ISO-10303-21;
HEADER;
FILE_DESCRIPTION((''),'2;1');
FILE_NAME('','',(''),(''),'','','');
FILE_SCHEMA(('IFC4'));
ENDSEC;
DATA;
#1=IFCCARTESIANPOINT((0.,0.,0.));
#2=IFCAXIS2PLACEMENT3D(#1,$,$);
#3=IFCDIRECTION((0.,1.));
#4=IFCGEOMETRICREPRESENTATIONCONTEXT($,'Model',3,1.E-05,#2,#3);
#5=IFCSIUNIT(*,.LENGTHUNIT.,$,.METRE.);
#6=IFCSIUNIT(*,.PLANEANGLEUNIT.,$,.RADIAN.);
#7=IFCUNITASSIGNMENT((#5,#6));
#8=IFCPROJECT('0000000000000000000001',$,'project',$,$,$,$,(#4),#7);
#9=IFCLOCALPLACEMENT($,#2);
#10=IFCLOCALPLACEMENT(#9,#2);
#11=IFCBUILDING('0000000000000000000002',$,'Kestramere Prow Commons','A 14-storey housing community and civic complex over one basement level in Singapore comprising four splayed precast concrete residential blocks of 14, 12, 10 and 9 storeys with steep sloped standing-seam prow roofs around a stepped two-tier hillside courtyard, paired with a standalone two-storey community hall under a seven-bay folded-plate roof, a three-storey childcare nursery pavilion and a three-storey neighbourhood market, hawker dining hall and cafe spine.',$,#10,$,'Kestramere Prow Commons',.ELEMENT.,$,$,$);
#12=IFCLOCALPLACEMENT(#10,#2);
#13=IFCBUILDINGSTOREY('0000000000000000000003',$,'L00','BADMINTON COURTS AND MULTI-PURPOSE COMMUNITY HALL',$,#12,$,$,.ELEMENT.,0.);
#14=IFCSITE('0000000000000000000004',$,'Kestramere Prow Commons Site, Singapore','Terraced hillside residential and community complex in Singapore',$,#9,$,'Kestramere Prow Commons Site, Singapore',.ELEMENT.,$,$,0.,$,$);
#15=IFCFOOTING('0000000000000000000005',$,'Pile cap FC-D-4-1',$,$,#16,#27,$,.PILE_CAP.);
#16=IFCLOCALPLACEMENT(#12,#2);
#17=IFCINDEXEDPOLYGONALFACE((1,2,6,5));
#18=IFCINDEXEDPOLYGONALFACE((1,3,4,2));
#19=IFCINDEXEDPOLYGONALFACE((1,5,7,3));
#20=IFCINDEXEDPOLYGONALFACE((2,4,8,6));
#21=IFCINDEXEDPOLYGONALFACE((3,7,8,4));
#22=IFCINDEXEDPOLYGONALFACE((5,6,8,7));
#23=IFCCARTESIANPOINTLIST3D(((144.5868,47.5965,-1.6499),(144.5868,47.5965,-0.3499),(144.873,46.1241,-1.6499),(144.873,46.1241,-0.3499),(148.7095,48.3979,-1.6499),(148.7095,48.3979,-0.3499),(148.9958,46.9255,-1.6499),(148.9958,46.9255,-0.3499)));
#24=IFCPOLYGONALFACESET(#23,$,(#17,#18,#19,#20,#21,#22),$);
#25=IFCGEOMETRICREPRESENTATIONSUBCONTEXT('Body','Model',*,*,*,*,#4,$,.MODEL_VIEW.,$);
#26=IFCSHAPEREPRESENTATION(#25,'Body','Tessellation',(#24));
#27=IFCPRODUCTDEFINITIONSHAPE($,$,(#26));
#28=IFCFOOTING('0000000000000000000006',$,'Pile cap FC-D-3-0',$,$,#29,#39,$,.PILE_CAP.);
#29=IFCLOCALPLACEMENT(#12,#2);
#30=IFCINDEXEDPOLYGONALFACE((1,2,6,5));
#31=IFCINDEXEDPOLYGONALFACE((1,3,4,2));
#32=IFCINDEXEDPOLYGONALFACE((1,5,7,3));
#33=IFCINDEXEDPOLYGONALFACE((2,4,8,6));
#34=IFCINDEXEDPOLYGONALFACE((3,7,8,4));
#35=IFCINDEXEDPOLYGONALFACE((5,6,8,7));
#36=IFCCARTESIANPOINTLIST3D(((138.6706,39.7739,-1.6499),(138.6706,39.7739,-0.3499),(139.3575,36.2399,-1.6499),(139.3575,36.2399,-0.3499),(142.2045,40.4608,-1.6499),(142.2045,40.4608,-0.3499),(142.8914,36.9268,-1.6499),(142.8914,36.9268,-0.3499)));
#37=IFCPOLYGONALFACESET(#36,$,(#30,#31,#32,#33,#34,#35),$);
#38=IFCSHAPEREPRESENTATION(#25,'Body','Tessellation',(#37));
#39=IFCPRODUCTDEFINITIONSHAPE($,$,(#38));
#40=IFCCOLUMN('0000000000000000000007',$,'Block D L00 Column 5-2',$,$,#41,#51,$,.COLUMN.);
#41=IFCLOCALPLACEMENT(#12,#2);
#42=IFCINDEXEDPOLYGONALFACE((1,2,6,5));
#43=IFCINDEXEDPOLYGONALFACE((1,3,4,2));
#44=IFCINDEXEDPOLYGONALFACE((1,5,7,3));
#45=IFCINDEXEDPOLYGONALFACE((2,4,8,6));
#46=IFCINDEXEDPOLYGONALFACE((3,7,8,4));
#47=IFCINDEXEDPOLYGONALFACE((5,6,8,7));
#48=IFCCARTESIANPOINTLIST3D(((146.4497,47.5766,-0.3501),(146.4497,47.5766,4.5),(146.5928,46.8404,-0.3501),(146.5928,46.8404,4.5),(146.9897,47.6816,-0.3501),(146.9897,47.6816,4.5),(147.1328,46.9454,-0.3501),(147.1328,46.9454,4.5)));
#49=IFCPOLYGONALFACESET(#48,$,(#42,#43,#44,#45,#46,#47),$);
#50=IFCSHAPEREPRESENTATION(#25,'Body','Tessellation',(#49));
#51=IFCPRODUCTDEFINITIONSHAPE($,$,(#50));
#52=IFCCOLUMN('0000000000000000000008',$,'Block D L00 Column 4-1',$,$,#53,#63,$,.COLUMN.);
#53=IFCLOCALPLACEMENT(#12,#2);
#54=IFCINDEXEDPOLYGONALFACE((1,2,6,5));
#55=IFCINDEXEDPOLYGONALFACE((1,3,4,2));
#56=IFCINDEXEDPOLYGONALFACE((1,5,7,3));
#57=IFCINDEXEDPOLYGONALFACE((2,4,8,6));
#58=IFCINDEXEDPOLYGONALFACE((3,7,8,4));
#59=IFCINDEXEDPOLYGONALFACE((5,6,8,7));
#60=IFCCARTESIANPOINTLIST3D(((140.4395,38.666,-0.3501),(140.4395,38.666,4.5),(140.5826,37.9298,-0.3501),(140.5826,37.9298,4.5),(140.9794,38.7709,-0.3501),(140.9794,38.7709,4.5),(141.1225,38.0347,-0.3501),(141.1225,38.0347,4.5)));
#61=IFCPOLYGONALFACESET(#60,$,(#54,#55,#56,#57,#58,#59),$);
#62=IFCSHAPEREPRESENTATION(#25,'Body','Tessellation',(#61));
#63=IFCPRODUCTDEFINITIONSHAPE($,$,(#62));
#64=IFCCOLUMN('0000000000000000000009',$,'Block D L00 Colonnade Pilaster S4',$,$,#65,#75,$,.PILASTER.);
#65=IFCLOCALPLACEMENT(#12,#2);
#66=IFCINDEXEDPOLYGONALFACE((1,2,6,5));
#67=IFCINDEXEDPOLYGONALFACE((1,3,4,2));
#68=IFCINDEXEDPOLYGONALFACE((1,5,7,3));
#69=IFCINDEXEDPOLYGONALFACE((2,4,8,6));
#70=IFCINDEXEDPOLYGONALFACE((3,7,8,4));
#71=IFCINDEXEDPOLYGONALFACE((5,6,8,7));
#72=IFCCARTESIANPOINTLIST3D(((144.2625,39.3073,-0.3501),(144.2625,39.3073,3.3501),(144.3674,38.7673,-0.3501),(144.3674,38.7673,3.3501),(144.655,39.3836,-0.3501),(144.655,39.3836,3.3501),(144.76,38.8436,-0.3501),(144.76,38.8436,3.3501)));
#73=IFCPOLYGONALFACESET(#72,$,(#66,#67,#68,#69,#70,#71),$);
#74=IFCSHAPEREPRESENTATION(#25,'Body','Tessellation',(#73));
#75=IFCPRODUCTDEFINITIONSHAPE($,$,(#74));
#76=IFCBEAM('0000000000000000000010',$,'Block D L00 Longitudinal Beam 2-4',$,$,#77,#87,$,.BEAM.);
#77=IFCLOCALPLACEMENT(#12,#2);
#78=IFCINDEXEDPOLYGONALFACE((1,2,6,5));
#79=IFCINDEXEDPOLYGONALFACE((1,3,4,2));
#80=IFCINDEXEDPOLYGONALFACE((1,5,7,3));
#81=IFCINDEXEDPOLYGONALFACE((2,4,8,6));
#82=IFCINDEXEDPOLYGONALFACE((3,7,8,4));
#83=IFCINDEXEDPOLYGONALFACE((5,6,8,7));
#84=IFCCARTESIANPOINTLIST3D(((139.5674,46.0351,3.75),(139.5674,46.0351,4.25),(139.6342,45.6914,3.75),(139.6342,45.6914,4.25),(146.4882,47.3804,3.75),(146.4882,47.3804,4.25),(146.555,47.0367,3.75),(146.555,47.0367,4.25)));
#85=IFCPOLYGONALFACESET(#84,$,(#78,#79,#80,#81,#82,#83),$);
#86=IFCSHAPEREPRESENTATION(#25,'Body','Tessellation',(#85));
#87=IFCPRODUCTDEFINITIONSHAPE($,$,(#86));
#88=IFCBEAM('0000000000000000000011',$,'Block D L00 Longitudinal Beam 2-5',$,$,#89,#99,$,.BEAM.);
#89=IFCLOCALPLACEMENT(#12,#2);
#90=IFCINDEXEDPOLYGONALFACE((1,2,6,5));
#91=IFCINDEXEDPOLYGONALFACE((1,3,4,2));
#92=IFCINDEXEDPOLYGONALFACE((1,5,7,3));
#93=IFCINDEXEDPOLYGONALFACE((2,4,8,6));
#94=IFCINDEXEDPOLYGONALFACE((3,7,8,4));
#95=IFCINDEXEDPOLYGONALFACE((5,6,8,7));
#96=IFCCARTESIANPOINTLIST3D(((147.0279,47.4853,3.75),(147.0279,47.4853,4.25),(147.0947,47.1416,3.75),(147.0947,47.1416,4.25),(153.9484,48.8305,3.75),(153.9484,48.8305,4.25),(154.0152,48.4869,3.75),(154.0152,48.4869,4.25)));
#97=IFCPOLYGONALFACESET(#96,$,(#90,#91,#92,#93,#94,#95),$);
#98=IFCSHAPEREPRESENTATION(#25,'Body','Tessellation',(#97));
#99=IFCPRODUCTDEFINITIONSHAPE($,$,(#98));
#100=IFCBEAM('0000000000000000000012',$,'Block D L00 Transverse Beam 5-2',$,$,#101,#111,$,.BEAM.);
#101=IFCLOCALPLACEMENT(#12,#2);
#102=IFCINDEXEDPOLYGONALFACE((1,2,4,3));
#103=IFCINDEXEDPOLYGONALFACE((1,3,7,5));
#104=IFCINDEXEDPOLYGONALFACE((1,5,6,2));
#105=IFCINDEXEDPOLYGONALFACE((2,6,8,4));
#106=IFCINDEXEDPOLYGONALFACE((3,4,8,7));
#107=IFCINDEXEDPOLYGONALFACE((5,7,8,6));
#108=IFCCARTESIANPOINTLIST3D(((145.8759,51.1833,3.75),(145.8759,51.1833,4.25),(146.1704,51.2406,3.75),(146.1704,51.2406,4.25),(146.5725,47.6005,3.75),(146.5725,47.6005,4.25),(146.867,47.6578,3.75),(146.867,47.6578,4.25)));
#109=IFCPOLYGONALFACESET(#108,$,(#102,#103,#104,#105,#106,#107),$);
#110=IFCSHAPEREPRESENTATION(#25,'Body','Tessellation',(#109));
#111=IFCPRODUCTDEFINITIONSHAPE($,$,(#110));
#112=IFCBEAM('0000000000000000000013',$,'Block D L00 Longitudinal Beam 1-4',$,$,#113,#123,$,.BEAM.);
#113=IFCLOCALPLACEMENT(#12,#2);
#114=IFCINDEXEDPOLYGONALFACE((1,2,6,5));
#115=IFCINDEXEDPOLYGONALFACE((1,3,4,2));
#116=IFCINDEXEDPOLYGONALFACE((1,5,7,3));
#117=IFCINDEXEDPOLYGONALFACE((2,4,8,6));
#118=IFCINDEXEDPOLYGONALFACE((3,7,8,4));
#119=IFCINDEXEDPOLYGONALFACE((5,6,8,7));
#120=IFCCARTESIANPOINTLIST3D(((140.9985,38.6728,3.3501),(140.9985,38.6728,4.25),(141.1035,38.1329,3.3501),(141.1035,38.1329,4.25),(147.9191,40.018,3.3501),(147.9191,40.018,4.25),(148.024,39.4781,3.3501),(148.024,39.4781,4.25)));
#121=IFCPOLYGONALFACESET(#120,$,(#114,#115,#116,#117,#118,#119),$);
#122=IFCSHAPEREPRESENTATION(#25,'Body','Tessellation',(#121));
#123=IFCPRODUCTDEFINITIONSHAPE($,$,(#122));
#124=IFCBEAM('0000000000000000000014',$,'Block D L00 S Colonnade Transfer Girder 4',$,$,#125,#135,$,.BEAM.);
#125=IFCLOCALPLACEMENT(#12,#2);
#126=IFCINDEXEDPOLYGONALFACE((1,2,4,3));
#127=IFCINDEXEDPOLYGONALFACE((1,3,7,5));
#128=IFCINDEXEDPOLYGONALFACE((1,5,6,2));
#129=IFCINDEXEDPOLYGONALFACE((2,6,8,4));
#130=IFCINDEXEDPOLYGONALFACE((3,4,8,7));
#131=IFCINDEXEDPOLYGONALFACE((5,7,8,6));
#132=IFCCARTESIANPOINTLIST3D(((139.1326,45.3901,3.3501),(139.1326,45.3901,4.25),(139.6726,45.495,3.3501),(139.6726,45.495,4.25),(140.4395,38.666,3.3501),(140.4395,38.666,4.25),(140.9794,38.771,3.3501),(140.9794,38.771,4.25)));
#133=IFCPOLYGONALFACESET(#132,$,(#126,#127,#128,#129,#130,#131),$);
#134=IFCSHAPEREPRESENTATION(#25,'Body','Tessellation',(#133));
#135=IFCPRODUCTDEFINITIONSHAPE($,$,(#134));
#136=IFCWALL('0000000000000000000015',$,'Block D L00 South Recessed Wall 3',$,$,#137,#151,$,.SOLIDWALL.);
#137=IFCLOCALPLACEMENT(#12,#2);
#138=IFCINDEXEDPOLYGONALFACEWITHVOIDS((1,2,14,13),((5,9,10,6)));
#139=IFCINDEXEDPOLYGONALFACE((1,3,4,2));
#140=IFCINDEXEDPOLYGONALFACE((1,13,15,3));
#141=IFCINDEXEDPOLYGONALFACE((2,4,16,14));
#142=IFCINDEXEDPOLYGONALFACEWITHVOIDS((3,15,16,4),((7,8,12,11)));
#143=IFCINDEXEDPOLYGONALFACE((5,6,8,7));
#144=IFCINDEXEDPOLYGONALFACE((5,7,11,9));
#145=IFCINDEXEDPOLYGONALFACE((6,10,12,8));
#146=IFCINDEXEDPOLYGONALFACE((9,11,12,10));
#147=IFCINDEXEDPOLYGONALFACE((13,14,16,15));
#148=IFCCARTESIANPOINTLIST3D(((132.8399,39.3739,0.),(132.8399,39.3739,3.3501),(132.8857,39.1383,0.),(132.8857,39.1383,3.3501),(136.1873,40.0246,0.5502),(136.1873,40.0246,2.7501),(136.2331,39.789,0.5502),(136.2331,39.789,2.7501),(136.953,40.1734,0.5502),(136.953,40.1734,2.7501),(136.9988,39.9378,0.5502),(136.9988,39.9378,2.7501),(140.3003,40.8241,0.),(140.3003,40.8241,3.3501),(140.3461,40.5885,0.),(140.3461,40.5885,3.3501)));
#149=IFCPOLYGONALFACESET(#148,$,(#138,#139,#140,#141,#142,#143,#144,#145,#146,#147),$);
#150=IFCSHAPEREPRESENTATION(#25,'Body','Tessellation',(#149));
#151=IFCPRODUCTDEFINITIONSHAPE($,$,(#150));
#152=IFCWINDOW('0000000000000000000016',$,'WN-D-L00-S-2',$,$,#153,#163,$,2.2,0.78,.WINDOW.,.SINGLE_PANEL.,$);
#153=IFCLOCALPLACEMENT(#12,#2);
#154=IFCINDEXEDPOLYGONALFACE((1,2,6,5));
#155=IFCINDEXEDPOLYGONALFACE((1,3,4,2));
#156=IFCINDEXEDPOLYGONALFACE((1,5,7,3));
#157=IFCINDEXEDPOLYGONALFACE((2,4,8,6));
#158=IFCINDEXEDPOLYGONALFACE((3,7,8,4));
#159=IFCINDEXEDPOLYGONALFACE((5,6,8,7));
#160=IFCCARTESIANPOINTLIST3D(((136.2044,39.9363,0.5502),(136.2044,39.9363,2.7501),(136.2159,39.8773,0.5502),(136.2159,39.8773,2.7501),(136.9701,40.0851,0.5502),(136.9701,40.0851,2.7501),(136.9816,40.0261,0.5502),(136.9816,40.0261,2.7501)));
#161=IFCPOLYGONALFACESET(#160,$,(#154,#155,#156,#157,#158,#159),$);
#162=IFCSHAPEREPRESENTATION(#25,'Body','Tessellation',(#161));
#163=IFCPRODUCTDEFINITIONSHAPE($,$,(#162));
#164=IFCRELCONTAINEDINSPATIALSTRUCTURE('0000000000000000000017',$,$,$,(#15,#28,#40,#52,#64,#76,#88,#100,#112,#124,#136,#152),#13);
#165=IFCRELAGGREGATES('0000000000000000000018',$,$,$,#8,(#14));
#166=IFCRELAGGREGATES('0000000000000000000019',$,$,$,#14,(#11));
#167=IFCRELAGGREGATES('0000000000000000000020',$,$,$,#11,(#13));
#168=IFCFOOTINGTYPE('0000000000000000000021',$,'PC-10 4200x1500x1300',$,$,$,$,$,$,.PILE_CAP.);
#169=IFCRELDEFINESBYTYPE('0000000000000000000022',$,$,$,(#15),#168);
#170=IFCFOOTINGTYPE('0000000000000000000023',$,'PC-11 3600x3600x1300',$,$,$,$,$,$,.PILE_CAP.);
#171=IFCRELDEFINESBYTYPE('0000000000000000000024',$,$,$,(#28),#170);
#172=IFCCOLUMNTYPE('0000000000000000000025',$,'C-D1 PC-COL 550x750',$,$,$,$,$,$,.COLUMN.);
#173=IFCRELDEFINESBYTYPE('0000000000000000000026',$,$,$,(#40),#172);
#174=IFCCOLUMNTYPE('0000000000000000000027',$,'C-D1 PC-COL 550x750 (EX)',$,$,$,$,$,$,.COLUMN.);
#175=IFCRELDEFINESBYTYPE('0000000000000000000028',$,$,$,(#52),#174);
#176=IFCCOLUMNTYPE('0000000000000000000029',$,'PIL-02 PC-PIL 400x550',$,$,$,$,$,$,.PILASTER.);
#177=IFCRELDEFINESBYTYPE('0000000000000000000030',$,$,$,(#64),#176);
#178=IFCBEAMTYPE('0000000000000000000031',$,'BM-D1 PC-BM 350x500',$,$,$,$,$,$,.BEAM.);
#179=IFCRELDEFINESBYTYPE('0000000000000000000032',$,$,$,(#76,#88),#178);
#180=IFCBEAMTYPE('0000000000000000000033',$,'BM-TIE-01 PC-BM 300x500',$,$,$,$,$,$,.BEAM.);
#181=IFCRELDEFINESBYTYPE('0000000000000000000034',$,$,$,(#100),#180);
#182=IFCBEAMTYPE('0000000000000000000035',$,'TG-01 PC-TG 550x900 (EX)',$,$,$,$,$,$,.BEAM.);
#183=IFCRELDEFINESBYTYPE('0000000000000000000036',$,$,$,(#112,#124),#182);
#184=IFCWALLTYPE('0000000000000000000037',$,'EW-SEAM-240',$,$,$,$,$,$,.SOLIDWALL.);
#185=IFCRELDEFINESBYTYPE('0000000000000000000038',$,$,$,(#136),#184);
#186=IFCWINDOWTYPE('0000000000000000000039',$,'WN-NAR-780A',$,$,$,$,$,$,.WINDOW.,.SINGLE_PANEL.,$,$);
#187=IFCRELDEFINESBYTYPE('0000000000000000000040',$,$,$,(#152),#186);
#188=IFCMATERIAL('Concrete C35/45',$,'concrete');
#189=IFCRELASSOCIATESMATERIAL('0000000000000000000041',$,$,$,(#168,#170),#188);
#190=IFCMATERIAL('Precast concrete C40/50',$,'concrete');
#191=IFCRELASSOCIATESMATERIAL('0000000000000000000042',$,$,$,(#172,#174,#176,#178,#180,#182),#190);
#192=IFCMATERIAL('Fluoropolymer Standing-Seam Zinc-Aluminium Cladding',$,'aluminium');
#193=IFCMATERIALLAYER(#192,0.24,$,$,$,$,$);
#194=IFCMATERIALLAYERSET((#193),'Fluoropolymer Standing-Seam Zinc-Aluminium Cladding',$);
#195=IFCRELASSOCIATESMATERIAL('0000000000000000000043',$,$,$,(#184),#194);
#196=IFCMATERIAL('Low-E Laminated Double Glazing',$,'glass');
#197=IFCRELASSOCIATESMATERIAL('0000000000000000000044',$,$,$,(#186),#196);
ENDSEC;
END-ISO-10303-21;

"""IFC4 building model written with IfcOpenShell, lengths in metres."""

from ifc_helpers import new_model, si_unit, direction, frame, frame_2d, origin, origin_2d, place, context, subcontext, project, spatial, rectangle, extrude, material, layer, layer_set, material_profile, profile_set, type_object, element, fill, save


model = new_model("IFC4")

# Units and contexts
model_context = context("Model", 3, precision=1e-05, world=origin(), true_north=direction((0.0, 1.0)))
body_context = subcontext(model_context, "Body", "Model", "MODEL_VIEW")
ifc_project = project(units=[si_unit("LENGTHUNIT", "METRE"), si_unit("PLANEANGLEUNIT", "RADIAN")], contexts=[model_context])

# Site, building, storey
site_placement = place(None, origin())
site = spatial("IfcSite", under=ifc_project, at=site_placement, Name="Kestramere Prow Commons Site, Singapore", Description="Terraced hillside residential and community complex in Singapore", LongName="Kestramere Prow Commons Site, Singapore", CompositionType="ELEMENT", RefElevation=0.0)
building_placement = place(site_placement, origin())
building = spatial("IfcBuilding", under=site, at=building_placement, Name="Kestramere Prow Commons", Description="A 14-storey housing community and civic complex over one basement level in Singapore comprising four splayed precast concrete residential blocks of 14, 12, 10 and 9 storeys with steep sloped standing-seam prow roofs around a stepped two-tier hillside courtyard, paired with a standalone two-storey community hall under a seven-bay folded-plate roof, a three-storey childcare nursery pavilion and a three-storey neighbourhood market, hawker dining hall and cafe spine.", LongName="Kestramere Prow Commons", CompositionType="ELEMENT")
storey_placement = place(building_placement, origin())
storey = spatial("IfcBuildingStorey", under=building, at=storey_placement, Name="L00", Description="BADMINTON COURTS AND MULTI-PURPOSE COMMUNITY HALL", CompositionType="ELEMENT", Elevation=0.0)

# Shared definitions
ifc_material_1 = material(Name="Concrete C35/45", Category="concrete")

# Footings
footing_type_1 = type_object("IfcFootingType", Name="PC-10 4200x1500x1300", PredefinedType="PILE_CAP", material=ifc_material_1)
footing_1_placement = place(storey_placement, frame((146.7913, 47.261, -1.6499), z_axis=(0.0, 0.0, 1.0), x_axis=(0.981627, 0.190809, 0.0)))
element("IfcFooting", 1, at=footing_1_placement, inside=storey, type_object=footing_type_1, Name="Pile cap FC-D-4-1", PredefinedType="PILE_CAP", context=body_context, shape_type="SweptSolid", body=[
    extrude(rectangle(XDim=4.2, YDim=1.5, at=origin_2d()), origin(), (0.0, 0.0, 1.0), 1.3),
])
footing_type_2 = type_object("IfcFootingType", Name="PC-11 3600x3600x1300", PredefinedType="PILE_CAP", material=ifc_material_1)
footing_2_placement = place(storey_placement, frame((140.781, 38.3503, -1.6499), z_axis=(0.0, 0.0, 1.0), x_axis=(0.981627, 0.190809, 0.0)))
element("IfcFooting", 2, at=footing_2_placement, inside=storey, type_object=footing_type_2, Name="Pile cap FC-D-3-0", PredefinedType="PILE_CAP", context=body_context, shape_type="SweptSolid", body=[
    extrude(rectangle(XDim=3.6001, YDim=3.6001, at=origin_2d()), origin(), (0.0, 0.0, 1.0), 1.3),
])

# Columns
ifc_material_2 = material(Name="Precast concrete C40/50", Category="concrete")
ifc_material_profile_1 = material_profile(ifc_material_2, rectangle(XDim=0.55, YDim=0.75, at=origin_2d()), Name="PC-COL 550x750")
ifc_profile_set_1 = profile_set([ifc_material_profile_1], Name="Precast concrete C40/50")
column_type_1 = type_object("IfcColumnType", Name="C-D1 PC-COL 550x750", PredefinedType="COLUMN", material=ifc_profile_set_1)
column_1_placement = place(storey_placement, frame((146.7913, 47.261, -0.3501), z_axis=(0.0, 0.0, 1.0), x_axis=(0.981627, 0.190809, 0.0)))
element("IfcColumn", 3, at=column_1_placement, inside=storey, type_object=column_type_1, Name="Block D L00 Column 5-2", PredefinedType="COLUMN", context=body_context, shape_type="SweptSolid", body=[
    extrude(rectangle(XDim=0.55, YDim=0.75, at=origin_2d()), origin(), (0.0, 0.0, 1.0), 4.8501),
])
ifc_material_profile_2 = material_profile(ifc_material_2, rectangle(XDim=0.55, YDim=0.75, at=origin_2d()), Name="PC-COL 550x750")
ifc_profile_set_2 = profile_set([ifc_material_profile_2], Name="Precast concrete C40/50")
column_type_2 = type_object("IfcColumnType", Name="C-D1 PC-COL 550x750 (EX)", PredefinedType="COLUMN", material=ifc_profile_set_2)
column_2_placement = place(storey_placement, frame((140.781, 38.3503, -0.3501), z_axis=(0.0, 0.0, 1.0), x_axis=(0.981627, 0.190809, 0.0)))
element("IfcColumn", 4, at=column_2_placement, inside=storey, type_object=column_type_2, Name="Block D L00 Column 4-1", PredefinedType="COLUMN", context=body_context, shape_type="SweptSolid", body=[
    extrude(rectangle(XDim=0.55, YDim=0.75, at=origin_2d()), origin(), (0.0, 0.0, 1.0), 4.8501),
])
ifc_material_profile_3 = material_profile(ifc_material_2, rectangle(XDim=0.3999, YDim=0.55, at=origin_2d()), Name="PC-PIL 400x550")
ifc_profile_set_3 = profile_set([ifc_material_profile_3], Name="Precast concrete C40/50")
column_type_3 = type_object("IfcColumnType", Name="PIL-02 PC-PIL 400x550", PredefinedType="PILASTER", material=ifc_profile_set_3)
column_3_placement = place(storey_placement, frame((144.5112, 39.0754, -0.3501), z_axis=(0.0, 0.0, 1.0), x_axis=(0.981627, 0.190809, 0.0)))
element("IfcColumn", 5, at=column_3_placement, inside=storey, type_object=column_type_3, Name="Block D L00 Colonnade Pilaster S4", PredefinedType="PILASTER", context=body_context, shape_type="SweptSolid", body=[
    extrude(rectangle(XDim=0.3999, YDim=0.55, at=origin_2d()), origin(), (0.0, 0.0, 1.0), 3.7002),
])

# Beams
ifc_material_profile_4 = material_profile(ifc_material_2, rectangle(XDim=0.3501, YDim=0.5, at=origin_2d()), Name="PC-BM 350x500")
ifc_profile_set_4 = profile_set([ifc_material_profile_4], Name="Precast concrete C40/50")
beam_type_1 = type_object("IfcBeamType", Name="BM-D1 PC-BM 350x500", PredefinedType="BEAM", material=ifc_profile_set_4)
beam_1_placement = place(storey_placement, frame((139.6008, 45.8633, 4.0), z_axis=(0.981628, 0.190806, 0.0), x_axis=(-0.190806, 0.981628, 0.0)))
element("IfcBeam", 6, at=beam_1_placement, inside=storey, type_object=beam_type_1, Name="Block D L00 Longitudinal Beam 2-4", PredefinedType="BEAM", context=body_context, shape_type="SweptSolid", body=[
    extrude(rectangle(XDim=0.3501, YDim=0.5, at=origin_2d()), origin(), (0.0, 0.0, 1.0), 7.0503),
])
beam_2_placement = place(storey_placement, frame((147.0613, 47.3135, 4.0), z_axis=(0.981627, 0.190812, 0.0), x_axis=(-0.190812, 0.981627, 0.0)))
element("IfcBeam", 7, at=beam_2_placement, inside=storey, type_object=beam_type_1, Name="Block D L00 Longitudinal Beam 2-5", PredefinedType="BEAM", context=body_context, shape_type="SweptSolid", body=[
    extrude(rectangle(XDim=0.3501, YDim=0.5, at=origin_2d()), origin(), (0.0, 0.0, 1.0), 7.05),
])
ifc_material_profile_5 = material_profile(ifc_material_2, rectangle(XDim=0.3, YDim=0.5, at=origin_2d()), Name="PC-BM 300x500")
ifc_profile_set_5 = profile_set([ifc_material_profile_5], Name="Precast concrete C40/50")
beam_type_2 = type_object("IfcBeamType", Name="BM-TIE-01 PC-BM 300x500", PredefinedType="BEAM", material=ifc_profile_set_5)
beam_3_placement = place(storey_placement, frame((146.7197, 47.6292, 4.0), z_axis=(-0.190839, 0.981621, 0.0), x_axis=(-0.981621, -0.190839, 0.0)))
element("IfcBeam", 8, at=beam_3_placement, inside=storey, type_object=beam_type_2, Name="Block D L00 Transverse Beam 5-2", PredefinedType="BEAM", context=body_context, shape_type="SweptSolid", body=[
    extrude(rectangle(XDim=0.3, YDim=0.5, at=origin_2d()), origin(), (0.0, 0.0, 1.0), 3.6499),
])
ifc_material_profile_6 = material_profile(ifc_material_2, rectangle(XDim=0.55, YDim=0.8999, at=origin_2d()), Name="PC-TG 550x900")
ifc_profile_set_6 = profile_set([ifc_material_profile_6], Name="Precast concrete C40/50")
beam_type_3 = type_object("IfcBeamType", Name="TG-01 PC-TG 550x900 (EX)", PredefinedType="BEAM", material=ifc_profile_set_6)
beam_4_placement = place(storey_placement, frame((141.051, 38.4028, 3.8), z_axis=(0.981627, 0.190812, 0.0), x_axis=(-0.190812, 0.981627, 0.0)))
element("IfcBeam", 9, at=beam_4_placement, inside=storey, type_object=beam_type_3, Name="Block D L00 Longitudinal Beam 1-4", PredefinedType="BEAM", context=body_context, shape_type="SweptSolid", body=[
    extrude(rectangle(XDim=0.55, YDim=0.8999, at=origin_2d()), origin(), (0.0, 0.0, 1.0), 7.05),
])
beam_5_placement = place(storey_placement, frame((140.7095, 38.7185, 3.8), z_axis=(-0.190788, 0.981631, 0.0), x_axis=(-0.981631, -0.190788, 0.0)))
element("IfcBeam", 10, at=beam_5_placement, inside=storey, type_object=beam_type_3, Name="Block D L00 S Colonnade Transfer Girder 4", PredefinedType="BEAM", context=body_context, shape_type="SweptSolid", body=[
    extrude(rectangle(XDim=0.55, YDim=0.8999, at=origin_2d()), origin(), (0.0, 0.0, 1.0), 6.8499),
])

# Wall, opening, window
ifc_material_3 = material(Name="Fluoropolymer Standing-Seam Zinc-Aluminium Cladding", Category="aluminium")
ifc_layer_1 = layer(ifc_material_3, 0.24)
ifc_layer_set_1 = layer_set([ifc_layer_1], Name="Fluoropolymer Standing-Seam Zinc-Aluminium Cladding")
wall_type_1 = type_object("IfcWallType", Name="EW-SEAM-240", PredefinedType="SOLIDWALL", material=ifc_layer_set_1)
wall_1_placement = place(storey_placement, frame((140.3232, 40.7063, 0.0), z_axis=(0.0, 0.0, 1.0), x_axis=(-0.981626, -0.190813, 0.0)))
wall_1 = element("IfcWall", 11, at=wall_1_placement, inside=storey, type_object=wall_type_1, Name="Block D L00 South Recessed Wall 3", PredefinedType="SOLIDWALL", context=body_context, shape_type="SweptSolid", body=[
    extrude(rectangle(XDim=7.6001, YDim=0.24, at=frame_2d((3.8, 0.0))), origin(), (0.0, 0.0, 1.0), 3.3501),
])
opening_1_placement = place(wall_1_placement, frame((3.4099, 0.0, 0.55)))
opening_1 = element("IfcOpeningElement", 12, at=opening_1_placement, cuts=wall_1, PredefinedType="OPENING", context=body_context, shape_type="SweptSolid", body=[
    extrude(rectangle(XDim=0.78, YDim=2.2, at=frame_2d((0.3901, 1.1001))), frame((0.0, 0.135, 0.0), z_axis=(0.0, -1.0, 0.0), x_axis=(1.0, 0.0, 0.0)), (0.0, 0.0, 1.0), 0.27),
])
ifc_material_4 = material(Name="Low-E Laminated Double Glazing", Category="glass")
window_type = type_object("IfcWindowType", Name="WN-NAR-780A", PartitioningType="SINGLE_PANEL", PredefinedType="WINDOW", material=ifc_material_4)
window_placement = place(opening_1_placement, origin())
window = element("IfcWindow", 13, at=window_placement, inside=storey, type_object=window_type, Name="WN-D-L00-S-2", OverallHeight=2.2, OverallWidth=0.78, PartitioningType="SINGLE_PANEL", PredefinedType="WINDOW", context=body_context, shape_type="SweptSolid", body=[
    extrude(rectangle(XDim=0.78, YDim=2.2, at=frame_2d((0.3901, 1.1001))), frame((0.0, 0.03, 0.0), z_axis=(0.0, -1.0, 0.0), x_axis=(1.0, 0.0, 0.0)), (0.0, 0.0, 1.0), 0.0601),
])
fill(opening_1, window)

save(model, "model.ifc")
